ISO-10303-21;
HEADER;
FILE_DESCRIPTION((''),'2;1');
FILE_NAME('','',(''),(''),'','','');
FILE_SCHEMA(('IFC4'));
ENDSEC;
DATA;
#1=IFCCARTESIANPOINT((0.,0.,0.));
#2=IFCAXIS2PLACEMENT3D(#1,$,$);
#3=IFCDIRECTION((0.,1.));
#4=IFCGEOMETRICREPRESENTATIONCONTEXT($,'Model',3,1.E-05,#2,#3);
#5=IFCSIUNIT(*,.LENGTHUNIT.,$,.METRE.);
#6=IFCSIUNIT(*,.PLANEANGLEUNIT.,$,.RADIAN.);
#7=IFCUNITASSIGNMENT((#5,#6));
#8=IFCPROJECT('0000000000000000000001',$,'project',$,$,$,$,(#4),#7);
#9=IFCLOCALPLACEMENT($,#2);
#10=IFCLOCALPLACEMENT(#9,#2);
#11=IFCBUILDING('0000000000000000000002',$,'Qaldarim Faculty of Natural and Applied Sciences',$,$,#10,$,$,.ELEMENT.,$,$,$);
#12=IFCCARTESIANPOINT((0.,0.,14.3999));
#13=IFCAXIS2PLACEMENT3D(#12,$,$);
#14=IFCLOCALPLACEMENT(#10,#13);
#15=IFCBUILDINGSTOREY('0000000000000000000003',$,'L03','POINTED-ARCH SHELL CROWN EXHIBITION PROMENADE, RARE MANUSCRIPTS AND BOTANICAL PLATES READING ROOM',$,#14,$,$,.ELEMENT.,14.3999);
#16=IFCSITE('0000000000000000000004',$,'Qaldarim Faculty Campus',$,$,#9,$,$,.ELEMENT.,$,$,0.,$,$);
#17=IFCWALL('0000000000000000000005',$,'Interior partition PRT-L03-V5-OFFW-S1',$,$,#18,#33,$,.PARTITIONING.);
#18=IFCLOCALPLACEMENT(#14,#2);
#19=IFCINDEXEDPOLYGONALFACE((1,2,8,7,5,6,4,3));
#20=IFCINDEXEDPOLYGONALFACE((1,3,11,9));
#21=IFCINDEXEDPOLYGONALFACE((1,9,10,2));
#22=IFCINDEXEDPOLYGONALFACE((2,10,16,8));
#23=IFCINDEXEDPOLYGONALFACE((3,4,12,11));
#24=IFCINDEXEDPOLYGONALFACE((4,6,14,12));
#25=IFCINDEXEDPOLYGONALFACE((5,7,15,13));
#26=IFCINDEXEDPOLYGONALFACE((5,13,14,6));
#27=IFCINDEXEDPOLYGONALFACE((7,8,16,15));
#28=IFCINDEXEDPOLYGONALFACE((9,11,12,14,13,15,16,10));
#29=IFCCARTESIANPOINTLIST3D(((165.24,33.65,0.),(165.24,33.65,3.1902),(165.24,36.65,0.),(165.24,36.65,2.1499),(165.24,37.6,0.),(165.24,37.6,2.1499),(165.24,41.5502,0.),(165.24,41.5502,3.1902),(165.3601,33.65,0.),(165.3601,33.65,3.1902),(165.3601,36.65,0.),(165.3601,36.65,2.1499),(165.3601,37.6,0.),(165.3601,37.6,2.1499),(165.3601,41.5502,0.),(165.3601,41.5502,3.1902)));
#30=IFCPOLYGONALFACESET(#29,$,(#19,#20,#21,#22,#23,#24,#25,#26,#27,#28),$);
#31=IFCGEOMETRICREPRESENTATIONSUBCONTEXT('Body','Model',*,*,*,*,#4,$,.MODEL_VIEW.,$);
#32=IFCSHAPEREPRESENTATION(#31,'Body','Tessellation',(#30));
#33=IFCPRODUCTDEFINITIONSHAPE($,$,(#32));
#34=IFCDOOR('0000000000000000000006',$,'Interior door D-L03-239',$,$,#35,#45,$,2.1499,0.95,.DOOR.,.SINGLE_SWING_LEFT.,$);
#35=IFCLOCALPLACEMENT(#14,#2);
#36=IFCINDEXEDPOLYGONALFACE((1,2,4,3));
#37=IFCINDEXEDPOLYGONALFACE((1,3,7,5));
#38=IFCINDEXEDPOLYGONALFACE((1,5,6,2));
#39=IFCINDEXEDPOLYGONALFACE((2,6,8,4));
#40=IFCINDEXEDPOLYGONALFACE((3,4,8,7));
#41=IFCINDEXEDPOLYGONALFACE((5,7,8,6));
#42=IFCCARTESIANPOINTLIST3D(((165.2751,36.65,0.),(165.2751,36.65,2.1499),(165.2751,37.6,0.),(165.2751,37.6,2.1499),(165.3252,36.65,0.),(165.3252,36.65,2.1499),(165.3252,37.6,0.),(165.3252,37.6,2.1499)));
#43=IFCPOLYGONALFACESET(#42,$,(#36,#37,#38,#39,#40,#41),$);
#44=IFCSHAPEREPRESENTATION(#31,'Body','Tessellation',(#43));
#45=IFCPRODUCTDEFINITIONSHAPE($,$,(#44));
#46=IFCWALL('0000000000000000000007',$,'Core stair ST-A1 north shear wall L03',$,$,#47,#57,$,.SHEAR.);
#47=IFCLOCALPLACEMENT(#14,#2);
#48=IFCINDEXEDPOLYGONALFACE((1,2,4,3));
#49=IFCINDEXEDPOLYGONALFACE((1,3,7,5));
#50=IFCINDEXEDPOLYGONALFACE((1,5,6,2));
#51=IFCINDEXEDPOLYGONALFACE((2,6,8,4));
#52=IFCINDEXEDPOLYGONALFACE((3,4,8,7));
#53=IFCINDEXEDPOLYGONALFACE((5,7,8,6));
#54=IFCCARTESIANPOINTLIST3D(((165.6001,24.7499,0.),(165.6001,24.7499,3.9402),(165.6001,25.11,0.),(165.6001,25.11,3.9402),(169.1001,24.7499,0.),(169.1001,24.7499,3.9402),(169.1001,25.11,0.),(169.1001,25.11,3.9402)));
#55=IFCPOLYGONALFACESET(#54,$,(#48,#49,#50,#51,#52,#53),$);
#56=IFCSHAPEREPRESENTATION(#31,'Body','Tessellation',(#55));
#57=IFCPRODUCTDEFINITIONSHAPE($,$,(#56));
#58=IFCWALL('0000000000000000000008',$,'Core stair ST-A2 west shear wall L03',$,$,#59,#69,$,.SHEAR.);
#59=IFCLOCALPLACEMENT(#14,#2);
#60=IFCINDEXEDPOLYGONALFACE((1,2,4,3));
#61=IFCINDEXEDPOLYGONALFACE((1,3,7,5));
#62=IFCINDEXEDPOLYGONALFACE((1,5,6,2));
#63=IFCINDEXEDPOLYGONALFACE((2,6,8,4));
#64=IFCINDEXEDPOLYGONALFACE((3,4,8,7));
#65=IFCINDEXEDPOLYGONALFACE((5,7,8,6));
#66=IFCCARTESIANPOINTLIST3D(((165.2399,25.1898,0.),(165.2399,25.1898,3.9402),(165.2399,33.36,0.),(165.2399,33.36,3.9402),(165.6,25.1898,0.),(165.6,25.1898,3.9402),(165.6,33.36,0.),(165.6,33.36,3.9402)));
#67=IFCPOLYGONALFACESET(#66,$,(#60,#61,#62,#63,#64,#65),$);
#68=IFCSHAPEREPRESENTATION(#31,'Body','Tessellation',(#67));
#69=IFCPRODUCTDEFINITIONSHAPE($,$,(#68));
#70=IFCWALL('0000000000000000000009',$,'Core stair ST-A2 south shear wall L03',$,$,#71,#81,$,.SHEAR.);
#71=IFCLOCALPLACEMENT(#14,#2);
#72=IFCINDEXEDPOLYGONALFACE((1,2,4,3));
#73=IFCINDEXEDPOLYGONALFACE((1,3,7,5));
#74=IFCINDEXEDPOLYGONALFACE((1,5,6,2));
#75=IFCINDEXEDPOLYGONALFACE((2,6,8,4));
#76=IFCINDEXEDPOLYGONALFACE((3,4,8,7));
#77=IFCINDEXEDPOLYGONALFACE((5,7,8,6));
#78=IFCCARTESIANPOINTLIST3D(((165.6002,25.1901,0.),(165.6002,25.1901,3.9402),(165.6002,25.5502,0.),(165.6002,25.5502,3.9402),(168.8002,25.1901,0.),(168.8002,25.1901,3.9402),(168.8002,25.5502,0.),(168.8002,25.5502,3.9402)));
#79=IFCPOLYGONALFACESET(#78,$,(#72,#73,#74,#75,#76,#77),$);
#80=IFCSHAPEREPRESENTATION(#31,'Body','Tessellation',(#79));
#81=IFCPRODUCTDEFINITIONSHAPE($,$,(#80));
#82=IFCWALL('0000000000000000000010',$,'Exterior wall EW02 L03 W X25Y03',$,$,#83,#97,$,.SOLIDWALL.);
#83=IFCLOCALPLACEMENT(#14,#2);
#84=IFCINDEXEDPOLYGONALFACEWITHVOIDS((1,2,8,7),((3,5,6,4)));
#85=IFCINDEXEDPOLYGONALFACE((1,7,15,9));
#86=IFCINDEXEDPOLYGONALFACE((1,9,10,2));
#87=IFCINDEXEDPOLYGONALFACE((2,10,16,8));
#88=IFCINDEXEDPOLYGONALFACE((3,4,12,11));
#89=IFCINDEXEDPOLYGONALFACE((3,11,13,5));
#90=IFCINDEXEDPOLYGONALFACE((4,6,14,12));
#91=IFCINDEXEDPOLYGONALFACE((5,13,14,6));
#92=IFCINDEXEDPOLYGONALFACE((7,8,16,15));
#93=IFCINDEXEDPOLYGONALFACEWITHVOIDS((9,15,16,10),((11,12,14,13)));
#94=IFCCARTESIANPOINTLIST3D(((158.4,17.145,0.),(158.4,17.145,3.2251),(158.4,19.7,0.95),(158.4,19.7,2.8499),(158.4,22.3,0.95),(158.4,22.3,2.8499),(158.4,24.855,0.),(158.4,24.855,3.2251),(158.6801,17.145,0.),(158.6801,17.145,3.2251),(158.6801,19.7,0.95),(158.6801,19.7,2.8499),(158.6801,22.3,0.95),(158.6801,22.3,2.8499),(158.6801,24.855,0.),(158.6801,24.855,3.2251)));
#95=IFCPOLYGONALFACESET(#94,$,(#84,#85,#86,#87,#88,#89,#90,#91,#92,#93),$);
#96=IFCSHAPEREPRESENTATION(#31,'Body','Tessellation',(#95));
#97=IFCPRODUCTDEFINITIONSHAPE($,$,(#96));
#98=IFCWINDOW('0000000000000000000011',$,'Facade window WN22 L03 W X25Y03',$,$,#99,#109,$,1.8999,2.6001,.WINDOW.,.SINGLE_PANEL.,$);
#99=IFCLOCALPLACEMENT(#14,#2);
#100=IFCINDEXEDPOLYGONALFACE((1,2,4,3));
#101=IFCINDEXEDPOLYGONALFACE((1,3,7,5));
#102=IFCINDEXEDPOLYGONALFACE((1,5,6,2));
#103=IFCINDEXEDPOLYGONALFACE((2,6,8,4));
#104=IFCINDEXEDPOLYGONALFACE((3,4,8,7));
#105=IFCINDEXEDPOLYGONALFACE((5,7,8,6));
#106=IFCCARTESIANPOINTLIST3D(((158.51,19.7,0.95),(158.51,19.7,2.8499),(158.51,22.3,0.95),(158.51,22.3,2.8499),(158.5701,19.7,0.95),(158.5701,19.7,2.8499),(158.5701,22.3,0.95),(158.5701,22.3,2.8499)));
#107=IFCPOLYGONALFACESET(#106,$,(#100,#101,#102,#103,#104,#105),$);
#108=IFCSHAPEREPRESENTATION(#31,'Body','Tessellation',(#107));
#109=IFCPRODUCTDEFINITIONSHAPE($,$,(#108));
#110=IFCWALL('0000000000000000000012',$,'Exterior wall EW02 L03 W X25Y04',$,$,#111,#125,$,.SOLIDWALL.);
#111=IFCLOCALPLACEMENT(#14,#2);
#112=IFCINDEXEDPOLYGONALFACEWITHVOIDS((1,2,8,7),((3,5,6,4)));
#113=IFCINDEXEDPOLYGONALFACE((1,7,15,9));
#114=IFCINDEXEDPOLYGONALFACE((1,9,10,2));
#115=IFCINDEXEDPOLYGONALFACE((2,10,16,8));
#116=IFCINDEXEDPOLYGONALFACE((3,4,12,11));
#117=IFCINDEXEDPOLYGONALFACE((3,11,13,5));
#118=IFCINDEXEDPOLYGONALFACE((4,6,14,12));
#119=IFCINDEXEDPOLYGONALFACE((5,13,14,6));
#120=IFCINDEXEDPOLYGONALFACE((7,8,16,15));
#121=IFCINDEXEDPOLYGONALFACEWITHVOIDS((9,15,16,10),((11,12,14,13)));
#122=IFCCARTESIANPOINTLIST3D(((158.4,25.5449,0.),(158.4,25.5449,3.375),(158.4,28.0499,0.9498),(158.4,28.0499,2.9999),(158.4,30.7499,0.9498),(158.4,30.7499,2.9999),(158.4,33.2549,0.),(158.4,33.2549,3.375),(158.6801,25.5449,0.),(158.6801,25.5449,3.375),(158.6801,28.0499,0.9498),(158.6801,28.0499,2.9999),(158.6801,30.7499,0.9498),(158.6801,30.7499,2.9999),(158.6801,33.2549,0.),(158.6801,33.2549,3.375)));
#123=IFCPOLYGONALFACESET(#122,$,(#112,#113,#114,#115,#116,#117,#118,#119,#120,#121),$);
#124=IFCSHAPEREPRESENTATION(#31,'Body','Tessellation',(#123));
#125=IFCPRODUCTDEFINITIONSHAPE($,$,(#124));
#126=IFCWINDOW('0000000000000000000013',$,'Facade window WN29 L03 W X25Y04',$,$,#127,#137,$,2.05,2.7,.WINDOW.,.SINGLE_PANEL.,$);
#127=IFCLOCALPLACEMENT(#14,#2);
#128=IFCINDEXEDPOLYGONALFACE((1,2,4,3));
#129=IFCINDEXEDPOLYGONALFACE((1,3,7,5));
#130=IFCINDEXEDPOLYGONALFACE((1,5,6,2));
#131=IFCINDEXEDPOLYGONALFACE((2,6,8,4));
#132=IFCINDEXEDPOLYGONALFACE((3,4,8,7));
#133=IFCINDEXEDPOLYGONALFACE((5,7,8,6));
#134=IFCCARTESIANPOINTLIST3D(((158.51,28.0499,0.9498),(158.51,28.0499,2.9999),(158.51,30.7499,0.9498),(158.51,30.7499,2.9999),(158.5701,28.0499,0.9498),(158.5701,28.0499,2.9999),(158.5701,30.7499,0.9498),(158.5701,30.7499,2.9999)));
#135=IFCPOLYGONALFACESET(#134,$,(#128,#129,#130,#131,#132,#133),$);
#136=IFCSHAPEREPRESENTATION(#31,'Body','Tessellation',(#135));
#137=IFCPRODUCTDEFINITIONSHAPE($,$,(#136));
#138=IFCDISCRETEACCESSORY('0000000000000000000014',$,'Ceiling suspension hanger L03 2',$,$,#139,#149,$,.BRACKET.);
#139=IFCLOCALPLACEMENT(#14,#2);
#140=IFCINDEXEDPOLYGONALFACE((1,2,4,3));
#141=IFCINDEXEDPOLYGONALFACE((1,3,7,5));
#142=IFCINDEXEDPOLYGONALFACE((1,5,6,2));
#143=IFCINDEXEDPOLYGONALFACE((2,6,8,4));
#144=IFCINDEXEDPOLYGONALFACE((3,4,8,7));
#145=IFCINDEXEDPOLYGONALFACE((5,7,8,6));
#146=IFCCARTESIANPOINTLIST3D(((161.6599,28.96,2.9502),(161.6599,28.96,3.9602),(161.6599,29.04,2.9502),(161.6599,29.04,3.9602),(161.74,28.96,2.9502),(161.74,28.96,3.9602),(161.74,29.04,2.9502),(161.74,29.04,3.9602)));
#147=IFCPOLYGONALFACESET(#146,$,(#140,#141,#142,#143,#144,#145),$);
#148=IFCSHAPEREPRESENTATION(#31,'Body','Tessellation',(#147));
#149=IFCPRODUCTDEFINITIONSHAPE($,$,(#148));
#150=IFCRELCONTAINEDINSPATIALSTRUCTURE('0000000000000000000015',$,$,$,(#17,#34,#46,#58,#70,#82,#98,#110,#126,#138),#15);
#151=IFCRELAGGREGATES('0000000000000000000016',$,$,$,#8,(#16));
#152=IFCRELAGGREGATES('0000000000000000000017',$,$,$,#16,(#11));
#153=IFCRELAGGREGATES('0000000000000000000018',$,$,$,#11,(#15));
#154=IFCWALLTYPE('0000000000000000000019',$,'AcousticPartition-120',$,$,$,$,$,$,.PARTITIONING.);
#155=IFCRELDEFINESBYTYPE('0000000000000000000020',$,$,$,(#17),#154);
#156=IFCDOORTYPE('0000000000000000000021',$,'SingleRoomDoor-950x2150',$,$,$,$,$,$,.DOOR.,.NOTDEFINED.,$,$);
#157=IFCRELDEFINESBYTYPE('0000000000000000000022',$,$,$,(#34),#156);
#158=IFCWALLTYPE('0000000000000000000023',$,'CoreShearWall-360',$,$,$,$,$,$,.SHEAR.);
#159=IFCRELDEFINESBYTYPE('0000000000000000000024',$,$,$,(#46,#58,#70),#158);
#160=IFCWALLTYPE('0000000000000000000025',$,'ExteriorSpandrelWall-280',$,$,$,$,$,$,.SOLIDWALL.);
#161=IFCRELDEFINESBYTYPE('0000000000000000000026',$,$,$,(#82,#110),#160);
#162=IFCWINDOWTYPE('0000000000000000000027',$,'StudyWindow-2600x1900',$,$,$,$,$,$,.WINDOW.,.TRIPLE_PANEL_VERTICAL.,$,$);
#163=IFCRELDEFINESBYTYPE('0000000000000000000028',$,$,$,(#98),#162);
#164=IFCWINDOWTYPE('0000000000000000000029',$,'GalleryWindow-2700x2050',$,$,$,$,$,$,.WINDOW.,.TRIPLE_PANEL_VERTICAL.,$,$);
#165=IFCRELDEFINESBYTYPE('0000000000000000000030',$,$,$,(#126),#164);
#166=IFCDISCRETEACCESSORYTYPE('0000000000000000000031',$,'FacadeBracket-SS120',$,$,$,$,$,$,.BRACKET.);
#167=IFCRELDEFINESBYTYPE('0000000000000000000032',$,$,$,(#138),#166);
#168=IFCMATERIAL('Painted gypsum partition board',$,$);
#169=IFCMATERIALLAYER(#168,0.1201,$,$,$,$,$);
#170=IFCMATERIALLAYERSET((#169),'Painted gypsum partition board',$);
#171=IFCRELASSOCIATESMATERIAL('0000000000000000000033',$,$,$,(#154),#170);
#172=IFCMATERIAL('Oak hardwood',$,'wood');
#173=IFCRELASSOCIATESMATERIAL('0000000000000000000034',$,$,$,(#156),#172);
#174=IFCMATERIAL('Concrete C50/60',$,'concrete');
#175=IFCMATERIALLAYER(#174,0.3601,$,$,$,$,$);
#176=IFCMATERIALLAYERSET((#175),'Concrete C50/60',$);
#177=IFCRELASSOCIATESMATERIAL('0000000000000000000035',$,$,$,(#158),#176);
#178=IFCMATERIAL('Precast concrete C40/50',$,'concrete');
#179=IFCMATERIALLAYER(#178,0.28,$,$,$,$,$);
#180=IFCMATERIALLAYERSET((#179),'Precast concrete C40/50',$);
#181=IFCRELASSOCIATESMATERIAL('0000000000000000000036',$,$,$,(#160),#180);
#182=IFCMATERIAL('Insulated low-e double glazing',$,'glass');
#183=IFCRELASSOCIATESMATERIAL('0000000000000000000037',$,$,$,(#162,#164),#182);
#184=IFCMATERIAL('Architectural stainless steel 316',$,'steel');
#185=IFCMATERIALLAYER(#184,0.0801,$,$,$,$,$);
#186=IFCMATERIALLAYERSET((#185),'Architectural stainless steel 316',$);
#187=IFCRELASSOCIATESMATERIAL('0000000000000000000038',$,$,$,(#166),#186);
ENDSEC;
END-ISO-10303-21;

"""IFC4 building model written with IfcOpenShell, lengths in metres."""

from ifc_helpers import new_model, si_unit, direction, frame, frame_2d, origin, origin_2d, place, context, subcontext, project, spatial, rectangle, extrude, material, layer, layer_set, type_object, element, fill, save


model = new_model("IFC4")

# Units and contexts
model_context = context("Model", 3, precision=1e-05, world=origin(), true_north=direction((0.0, 1.0)))
body_context = subcontext(model_context, "Body", "Model", "MODEL_VIEW")
ifc_project = project(units=[si_unit("LENGTHUNIT", "METRE"), si_unit("PLANEANGLEUNIT", "RADIAN")], contexts=[model_context])

# Site, building, storey
site_placement = place(None, origin())
site = spatial("IfcSite", under=ifc_project, at=site_placement, Name="Qaldarim Faculty Campus", CompositionType="ELEMENT", RefElevation=0.0)
building_placement = place(site_placement, origin())
building = spatial("IfcBuilding", under=site, at=building_placement, Name="Qaldarim Faculty of Natural and Applied Sciences", CompositionType="ELEMENT")
storey_placement = place(building_placement, frame((0.0, 0.0, 14.3999)))
storey = spatial("IfcBuildingStorey", under=building, at=storey_placement, Name="L03", Description="POINTED-ARCH SHELL CROWN EXHIBITION PROMENADE, RARE MANUSCRIPTS AND BOTANICAL PLATES READING ROOM", CompositionType="ELEMENT", Elevation=14.3999)

# Shared definitions
ifc_material_1 = material(Name="Concrete C50/60", Category="concrete")

# Shared definitions
ifc_material_2 = material(Name="Precast concrete C40/50", Category="concrete")

# Wall, opening, door
ifc_material_3 = material(Name="Painted gypsum partition board")
ifc_layer_1 = layer(ifc_material_3, 0.1201)
ifc_layer_set_1 = layer_set([ifc_layer_1], Name="Painted gypsum partition board")
wall_type_1 = type_object("IfcWallType", Name="AcousticPartition-120", PredefinedType="PARTITIONING", material=ifc_layer_set_1)
wall_1_placement = place(storey_placement, frame((165.3, 33.6499, 0.0), z_axis=(0.0, 0.0, 1.0), x_axis=(0.0, 1.0, 0.0)))
wall_1 = element("IfcWall", 1, at=wall_1_placement, inside=storey, type_object=wall_type_1, Name="Interior partition PRT-L03-V5-OFFW-S1", PredefinedType="PARTITIONING", context=body_context, shape_type="SweptSolid", body=[
    extrude(rectangle(XDim=7.9001, YDim=0.1201, at=frame_2d((3.9502, 0.0))), origin(), (0.0, 0.0, 1.0), 3.1902),
])
opening_1_placement = place(wall_1_placement, frame((3.0, 0.0, 0.0)))
opening_1 = element("IfcOpeningElement", 2, at=opening_1_placement, cuts=wall_1, PredefinedType="OPENING", context=body_context, shape_type="SweptSolid", body=[
    extrude(rectangle(XDim=0.95, YDim=2.1499, at=frame_2d((0.4751, 1.075))), frame((0.0, 0.0701, 0.0), z_axis=(0.0, -1.0, 0.0), x_axis=(1.0, 0.0, 0.0)), (0.0, 0.0, 1.0), 0.1401),
])
ifc_material_4 = material(Name="Oak hardwood", Category="wood")
door_type = type_object("IfcDoorType", Name="SingleRoomDoor-950x2150", OperationType="NOTDEFINED", PredefinedType="DOOR", material=ifc_material_4)
door_placement = place(opening_1_placement, origin())
door = element("IfcDoor", 3, at=door_placement, inside=storey, type_object=door_type, Name="Interior door D-L03-239", OperationType="SINGLE_SWING_LEFT", OverallHeight=2.1499, OverallWidth=0.95, PredefinedType="DOOR", context=body_context, shape_type="SweptSolid", body=[
    extrude(rectangle(XDim=0.95, YDim=2.1499, at=frame_2d((0.4751, 1.075))), frame((0.0, 0.0249, 0.0), z_axis=(0.0, -1.0, 0.0), x_axis=(1.0, 0.0, 0.0)), (0.0, 0.0, 1.0), 0.05),
])
fill(opening_1, door)

# Walls
ifc_layer_2 = layer(ifc_material_1, 0.3601)
ifc_layer_set_2 = layer_set([ifc_layer_2], Name="Concrete C50/60")
wall_type_2 = type_object("IfcWallType", Name="CoreShearWall-360", PredefinedType="SHEAR", material=ifc_layer_set_2)
wall_2_placement = place(storey_placement, frame((165.6001, 24.9299, 0.0), z_axis=(0.0, 0.0, 1.0), x_axis=(1.0, 0.0, 0.0)))
element("IfcWall", 4, at=wall_2_placement, inside=storey, type_object=wall_type_2, Name="Core stair ST-A1 north shear wall L03", PredefinedType="SHEAR", context=body_context, shape_type="SweptSolid", body=[
    extrude(rectangle(XDim=3.5, YDim=0.3601, at=frame_2d((1.75, 0.0))), origin(), (0.0, 0.0, 1.0), 3.9402),
])
wall_3_placement = place(storey_placement, frame((165.4199, 25.1899, 0.0), z_axis=(0.0, 0.0, 1.0), x_axis=(0.0, 1.0, 0.0)))
element("IfcWall", 5, at=wall_3_placement, inside=storey, type_object=wall_type_2, Name="Core stair ST-A2 west shear wall L03", PredefinedType="SHEAR", context=body_context, shape_type="SweptSolid", body=[
    extrude(rectangle(XDim=8.1702, YDim=0.3601, at=frame_2d((4.085, 0.0))), origin(), (0.0, 0.0, 1.0), 3.9402),
])
wall_4_placement = place(storey_placement, frame((165.6001, 25.3701, 0.0), z_axis=(0.0, 0.0, 1.0), x_axis=(1.0, 0.0, 0.0)))
element("IfcWall", 6, at=wall_4_placement, inside=storey, type_object=wall_type_2, Name="Core stair ST-A2 south shear wall L03", PredefinedType="SHEAR", context=body_context, shape_type="SweptSolid", body=[
    extrude(rectangle(XDim=3.2, YDim=0.3601, at=frame_2d((1.6001, 0.0))), origin(), (0.0, 0.0, 1.0), 3.9402),
])

# Walls, openings, windows
ifc_layer_3 = layer(ifc_material_2, 0.28)
ifc_layer_set_3 = layer_set([ifc_layer_3], Name="Precast concrete C40/50")
wall_type_3 = type_object("IfcWallType", Name="ExteriorSpandrelWall-280", PredefinedType="SOLIDWALL", material=ifc_layer_set_3)
wall_5_placement = place(storey_placement, frame((158.54, 24.855, 0.0), z_axis=(0.0, 0.0, 1.0), x_axis=(0.0, -1.0, 0.0)))
wall_5 = element("IfcWall", 7, at=wall_5_placement, inside=storey, type_object=wall_type_3, Name="Exterior wall EW02 L03 W X25Y03", PredefinedType="SOLIDWALL", context=body_context, shape_type="SweptSolid", body=[
    extrude(rectangle(XDim=7.71, YDim=0.28, at=frame_2d((3.855, 0.0))), origin(), (0.0, 0.0, 1.0), 3.2251),
])
opening_2_placement = place(wall_5_placement, frame((2.5549, 0.0, 0.95)))
opening_2 = element("IfcOpeningElement", 8, at=opening_2_placement, cuts=wall_5, PredefinedType="OPENING", context=body_context, shape_type="SweptSolid", body=[
    extrude(rectangle(XDim=2.6001, YDim=1.8999, at=frame_2d((1.3, 0.95))), frame((0.0, 0.1499, 0.0), z_axis=(0.0, -1.0, 0.0), x_axis=(1.0, 0.0, 0.0)), (0.0, 0.0, 1.0), 0.3),
])
ifc_material_5 = material(Name="Insulated low-e double glazing", Category="glass")
window_type_1 = type_object("IfcWindowType", Name="StudyWindow-2600x1900", PartitioningType="TRIPLE_PANEL_VERTICAL", PredefinedType="WINDOW", material=ifc_material_5)
window_1_placement = place(opening_2_placement, origin())
window_1 = element("IfcWindow", 9, at=window_1_placement, inside=storey, type_object=window_type_1, Name="Facade window WN22 L03 W X25Y03", OverallHeight=1.8999, OverallWidth=2.6001, PartitioningType="SINGLE_PANEL", PredefinedType="WINDOW", context=body_context, shape_type="SweptSolid", body=[
    extrude(rectangle(XDim=2.6001, YDim=1.8999, at=frame_2d((1.3, 0.95))), frame((0.0, 0.03, 0.0), z_axis=(0.0, -1.0, 0.0), x_axis=(1.0, 0.0, 0.0)), (0.0, 0.0, 1.0), 0.0601),
])
fill(opening_2, window_1)
wall_6_placement = place(storey_placement, frame((158.54, 33.2549, 0.0), z_axis=(0.0, 0.0, 1.0), x_axis=(0.0, -1.0, 0.0)))
wall_6 = element("IfcWall", 10, at=wall_6_placement, inside=storey, type_object=wall_type_3, Name="Exterior wall EW02 L03 W X25Y04", PredefinedType="SOLIDWALL", context=body_context, shape_type="SweptSolid", body=[
    extrude(rectangle(XDim=7.71, YDim=0.28, at=frame_2d((3.855, 0.0))), origin(), (0.0, 0.0, 1.0), 3.375),
])
opening_3_placement = place(wall_6_placement, frame((2.5049, 0.0, 0.95)))
opening_3 = element("IfcOpeningElement", 11, at=opening_3_placement, cuts=wall_6, PredefinedType="OPENING", context=body_context, shape_type="SweptSolid", body=[
    extrude(rectangle(XDim=2.7, YDim=2.05, at=frame_2d((1.3501, 1.0249))), frame((0.0, 0.1499, 0.0), z_axis=(0.0, -1.0, 0.0), x_axis=(1.0, 0.0, 0.0)), (0.0, 0.0, 1.0), 0.3),
])
window_type_2 = type_object("IfcWindowType", Name="GalleryWindow-2700x2050", PartitioningType="TRIPLE_PANEL_VERTICAL", PredefinedType="WINDOW", material=ifc_material_5)
window_2_placement = place(opening_3_placement, origin())
window_2 = element("IfcWindow", 12, at=window_2_placement, inside=storey, type_object=window_type_2, Name="Facade window WN29 L03 W X25Y04", OverallHeight=2.05, OverallWidth=2.7, PartitioningType="SINGLE_PANEL", PredefinedType="WINDOW", context=body_context, shape_type="SweptSolid", body=[
    extrude(rectangle(XDim=2.7, YDim=2.05, at=frame_2d((1.3501, 1.0249))), frame((0.0, 0.03, 0.0), z_axis=(0.0, -1.0, 0.0), x_axis=(1.0, 0.0, 0.0)), (0.0, 0.0, 1.0), 0.0601),
])
fill(opening_3, window_2)

# Discrete accessory
ifc_material_6 = material(Name="Architectural stainless steel 316", Category="steel")
ifc_layer_4 = layer(ifc_material_6, 0.0801)
ifc_layer_set_4 = layer_set([ifc_layer_4], Name="Architectural stainless steel 316")
discrete_accessory_type = type_object("IfcDiscreteAccessoryType", Name="FacadeBracket-SS120", PredefinedType="BRACKET", material=ifc_layer_set_4)
discrete_accessory_placement = place(storey_placement, frame((161.7, 29.0, 2.9502), z_axis=(0.0, 0.0, 1.0), x_axis=(1.0, 0.0, 0.0)))
element("IfcDiscreteAccessory", 13, at=discrete_accessory_placement, inside=storey, type_object=discrete_accessory_type, Name="Ceiling suspension hanger L03 2", PredefinedType="BRACKET", context=body_context, shape_type="SweptSolid", body=[
    extrude(rectangle(XDim=0.0801, YDim=0.0801, at=origin_2d()), origin(), (0.0, 0.0, 1.0), 1.01),
])

save(model, "model.ifc")
